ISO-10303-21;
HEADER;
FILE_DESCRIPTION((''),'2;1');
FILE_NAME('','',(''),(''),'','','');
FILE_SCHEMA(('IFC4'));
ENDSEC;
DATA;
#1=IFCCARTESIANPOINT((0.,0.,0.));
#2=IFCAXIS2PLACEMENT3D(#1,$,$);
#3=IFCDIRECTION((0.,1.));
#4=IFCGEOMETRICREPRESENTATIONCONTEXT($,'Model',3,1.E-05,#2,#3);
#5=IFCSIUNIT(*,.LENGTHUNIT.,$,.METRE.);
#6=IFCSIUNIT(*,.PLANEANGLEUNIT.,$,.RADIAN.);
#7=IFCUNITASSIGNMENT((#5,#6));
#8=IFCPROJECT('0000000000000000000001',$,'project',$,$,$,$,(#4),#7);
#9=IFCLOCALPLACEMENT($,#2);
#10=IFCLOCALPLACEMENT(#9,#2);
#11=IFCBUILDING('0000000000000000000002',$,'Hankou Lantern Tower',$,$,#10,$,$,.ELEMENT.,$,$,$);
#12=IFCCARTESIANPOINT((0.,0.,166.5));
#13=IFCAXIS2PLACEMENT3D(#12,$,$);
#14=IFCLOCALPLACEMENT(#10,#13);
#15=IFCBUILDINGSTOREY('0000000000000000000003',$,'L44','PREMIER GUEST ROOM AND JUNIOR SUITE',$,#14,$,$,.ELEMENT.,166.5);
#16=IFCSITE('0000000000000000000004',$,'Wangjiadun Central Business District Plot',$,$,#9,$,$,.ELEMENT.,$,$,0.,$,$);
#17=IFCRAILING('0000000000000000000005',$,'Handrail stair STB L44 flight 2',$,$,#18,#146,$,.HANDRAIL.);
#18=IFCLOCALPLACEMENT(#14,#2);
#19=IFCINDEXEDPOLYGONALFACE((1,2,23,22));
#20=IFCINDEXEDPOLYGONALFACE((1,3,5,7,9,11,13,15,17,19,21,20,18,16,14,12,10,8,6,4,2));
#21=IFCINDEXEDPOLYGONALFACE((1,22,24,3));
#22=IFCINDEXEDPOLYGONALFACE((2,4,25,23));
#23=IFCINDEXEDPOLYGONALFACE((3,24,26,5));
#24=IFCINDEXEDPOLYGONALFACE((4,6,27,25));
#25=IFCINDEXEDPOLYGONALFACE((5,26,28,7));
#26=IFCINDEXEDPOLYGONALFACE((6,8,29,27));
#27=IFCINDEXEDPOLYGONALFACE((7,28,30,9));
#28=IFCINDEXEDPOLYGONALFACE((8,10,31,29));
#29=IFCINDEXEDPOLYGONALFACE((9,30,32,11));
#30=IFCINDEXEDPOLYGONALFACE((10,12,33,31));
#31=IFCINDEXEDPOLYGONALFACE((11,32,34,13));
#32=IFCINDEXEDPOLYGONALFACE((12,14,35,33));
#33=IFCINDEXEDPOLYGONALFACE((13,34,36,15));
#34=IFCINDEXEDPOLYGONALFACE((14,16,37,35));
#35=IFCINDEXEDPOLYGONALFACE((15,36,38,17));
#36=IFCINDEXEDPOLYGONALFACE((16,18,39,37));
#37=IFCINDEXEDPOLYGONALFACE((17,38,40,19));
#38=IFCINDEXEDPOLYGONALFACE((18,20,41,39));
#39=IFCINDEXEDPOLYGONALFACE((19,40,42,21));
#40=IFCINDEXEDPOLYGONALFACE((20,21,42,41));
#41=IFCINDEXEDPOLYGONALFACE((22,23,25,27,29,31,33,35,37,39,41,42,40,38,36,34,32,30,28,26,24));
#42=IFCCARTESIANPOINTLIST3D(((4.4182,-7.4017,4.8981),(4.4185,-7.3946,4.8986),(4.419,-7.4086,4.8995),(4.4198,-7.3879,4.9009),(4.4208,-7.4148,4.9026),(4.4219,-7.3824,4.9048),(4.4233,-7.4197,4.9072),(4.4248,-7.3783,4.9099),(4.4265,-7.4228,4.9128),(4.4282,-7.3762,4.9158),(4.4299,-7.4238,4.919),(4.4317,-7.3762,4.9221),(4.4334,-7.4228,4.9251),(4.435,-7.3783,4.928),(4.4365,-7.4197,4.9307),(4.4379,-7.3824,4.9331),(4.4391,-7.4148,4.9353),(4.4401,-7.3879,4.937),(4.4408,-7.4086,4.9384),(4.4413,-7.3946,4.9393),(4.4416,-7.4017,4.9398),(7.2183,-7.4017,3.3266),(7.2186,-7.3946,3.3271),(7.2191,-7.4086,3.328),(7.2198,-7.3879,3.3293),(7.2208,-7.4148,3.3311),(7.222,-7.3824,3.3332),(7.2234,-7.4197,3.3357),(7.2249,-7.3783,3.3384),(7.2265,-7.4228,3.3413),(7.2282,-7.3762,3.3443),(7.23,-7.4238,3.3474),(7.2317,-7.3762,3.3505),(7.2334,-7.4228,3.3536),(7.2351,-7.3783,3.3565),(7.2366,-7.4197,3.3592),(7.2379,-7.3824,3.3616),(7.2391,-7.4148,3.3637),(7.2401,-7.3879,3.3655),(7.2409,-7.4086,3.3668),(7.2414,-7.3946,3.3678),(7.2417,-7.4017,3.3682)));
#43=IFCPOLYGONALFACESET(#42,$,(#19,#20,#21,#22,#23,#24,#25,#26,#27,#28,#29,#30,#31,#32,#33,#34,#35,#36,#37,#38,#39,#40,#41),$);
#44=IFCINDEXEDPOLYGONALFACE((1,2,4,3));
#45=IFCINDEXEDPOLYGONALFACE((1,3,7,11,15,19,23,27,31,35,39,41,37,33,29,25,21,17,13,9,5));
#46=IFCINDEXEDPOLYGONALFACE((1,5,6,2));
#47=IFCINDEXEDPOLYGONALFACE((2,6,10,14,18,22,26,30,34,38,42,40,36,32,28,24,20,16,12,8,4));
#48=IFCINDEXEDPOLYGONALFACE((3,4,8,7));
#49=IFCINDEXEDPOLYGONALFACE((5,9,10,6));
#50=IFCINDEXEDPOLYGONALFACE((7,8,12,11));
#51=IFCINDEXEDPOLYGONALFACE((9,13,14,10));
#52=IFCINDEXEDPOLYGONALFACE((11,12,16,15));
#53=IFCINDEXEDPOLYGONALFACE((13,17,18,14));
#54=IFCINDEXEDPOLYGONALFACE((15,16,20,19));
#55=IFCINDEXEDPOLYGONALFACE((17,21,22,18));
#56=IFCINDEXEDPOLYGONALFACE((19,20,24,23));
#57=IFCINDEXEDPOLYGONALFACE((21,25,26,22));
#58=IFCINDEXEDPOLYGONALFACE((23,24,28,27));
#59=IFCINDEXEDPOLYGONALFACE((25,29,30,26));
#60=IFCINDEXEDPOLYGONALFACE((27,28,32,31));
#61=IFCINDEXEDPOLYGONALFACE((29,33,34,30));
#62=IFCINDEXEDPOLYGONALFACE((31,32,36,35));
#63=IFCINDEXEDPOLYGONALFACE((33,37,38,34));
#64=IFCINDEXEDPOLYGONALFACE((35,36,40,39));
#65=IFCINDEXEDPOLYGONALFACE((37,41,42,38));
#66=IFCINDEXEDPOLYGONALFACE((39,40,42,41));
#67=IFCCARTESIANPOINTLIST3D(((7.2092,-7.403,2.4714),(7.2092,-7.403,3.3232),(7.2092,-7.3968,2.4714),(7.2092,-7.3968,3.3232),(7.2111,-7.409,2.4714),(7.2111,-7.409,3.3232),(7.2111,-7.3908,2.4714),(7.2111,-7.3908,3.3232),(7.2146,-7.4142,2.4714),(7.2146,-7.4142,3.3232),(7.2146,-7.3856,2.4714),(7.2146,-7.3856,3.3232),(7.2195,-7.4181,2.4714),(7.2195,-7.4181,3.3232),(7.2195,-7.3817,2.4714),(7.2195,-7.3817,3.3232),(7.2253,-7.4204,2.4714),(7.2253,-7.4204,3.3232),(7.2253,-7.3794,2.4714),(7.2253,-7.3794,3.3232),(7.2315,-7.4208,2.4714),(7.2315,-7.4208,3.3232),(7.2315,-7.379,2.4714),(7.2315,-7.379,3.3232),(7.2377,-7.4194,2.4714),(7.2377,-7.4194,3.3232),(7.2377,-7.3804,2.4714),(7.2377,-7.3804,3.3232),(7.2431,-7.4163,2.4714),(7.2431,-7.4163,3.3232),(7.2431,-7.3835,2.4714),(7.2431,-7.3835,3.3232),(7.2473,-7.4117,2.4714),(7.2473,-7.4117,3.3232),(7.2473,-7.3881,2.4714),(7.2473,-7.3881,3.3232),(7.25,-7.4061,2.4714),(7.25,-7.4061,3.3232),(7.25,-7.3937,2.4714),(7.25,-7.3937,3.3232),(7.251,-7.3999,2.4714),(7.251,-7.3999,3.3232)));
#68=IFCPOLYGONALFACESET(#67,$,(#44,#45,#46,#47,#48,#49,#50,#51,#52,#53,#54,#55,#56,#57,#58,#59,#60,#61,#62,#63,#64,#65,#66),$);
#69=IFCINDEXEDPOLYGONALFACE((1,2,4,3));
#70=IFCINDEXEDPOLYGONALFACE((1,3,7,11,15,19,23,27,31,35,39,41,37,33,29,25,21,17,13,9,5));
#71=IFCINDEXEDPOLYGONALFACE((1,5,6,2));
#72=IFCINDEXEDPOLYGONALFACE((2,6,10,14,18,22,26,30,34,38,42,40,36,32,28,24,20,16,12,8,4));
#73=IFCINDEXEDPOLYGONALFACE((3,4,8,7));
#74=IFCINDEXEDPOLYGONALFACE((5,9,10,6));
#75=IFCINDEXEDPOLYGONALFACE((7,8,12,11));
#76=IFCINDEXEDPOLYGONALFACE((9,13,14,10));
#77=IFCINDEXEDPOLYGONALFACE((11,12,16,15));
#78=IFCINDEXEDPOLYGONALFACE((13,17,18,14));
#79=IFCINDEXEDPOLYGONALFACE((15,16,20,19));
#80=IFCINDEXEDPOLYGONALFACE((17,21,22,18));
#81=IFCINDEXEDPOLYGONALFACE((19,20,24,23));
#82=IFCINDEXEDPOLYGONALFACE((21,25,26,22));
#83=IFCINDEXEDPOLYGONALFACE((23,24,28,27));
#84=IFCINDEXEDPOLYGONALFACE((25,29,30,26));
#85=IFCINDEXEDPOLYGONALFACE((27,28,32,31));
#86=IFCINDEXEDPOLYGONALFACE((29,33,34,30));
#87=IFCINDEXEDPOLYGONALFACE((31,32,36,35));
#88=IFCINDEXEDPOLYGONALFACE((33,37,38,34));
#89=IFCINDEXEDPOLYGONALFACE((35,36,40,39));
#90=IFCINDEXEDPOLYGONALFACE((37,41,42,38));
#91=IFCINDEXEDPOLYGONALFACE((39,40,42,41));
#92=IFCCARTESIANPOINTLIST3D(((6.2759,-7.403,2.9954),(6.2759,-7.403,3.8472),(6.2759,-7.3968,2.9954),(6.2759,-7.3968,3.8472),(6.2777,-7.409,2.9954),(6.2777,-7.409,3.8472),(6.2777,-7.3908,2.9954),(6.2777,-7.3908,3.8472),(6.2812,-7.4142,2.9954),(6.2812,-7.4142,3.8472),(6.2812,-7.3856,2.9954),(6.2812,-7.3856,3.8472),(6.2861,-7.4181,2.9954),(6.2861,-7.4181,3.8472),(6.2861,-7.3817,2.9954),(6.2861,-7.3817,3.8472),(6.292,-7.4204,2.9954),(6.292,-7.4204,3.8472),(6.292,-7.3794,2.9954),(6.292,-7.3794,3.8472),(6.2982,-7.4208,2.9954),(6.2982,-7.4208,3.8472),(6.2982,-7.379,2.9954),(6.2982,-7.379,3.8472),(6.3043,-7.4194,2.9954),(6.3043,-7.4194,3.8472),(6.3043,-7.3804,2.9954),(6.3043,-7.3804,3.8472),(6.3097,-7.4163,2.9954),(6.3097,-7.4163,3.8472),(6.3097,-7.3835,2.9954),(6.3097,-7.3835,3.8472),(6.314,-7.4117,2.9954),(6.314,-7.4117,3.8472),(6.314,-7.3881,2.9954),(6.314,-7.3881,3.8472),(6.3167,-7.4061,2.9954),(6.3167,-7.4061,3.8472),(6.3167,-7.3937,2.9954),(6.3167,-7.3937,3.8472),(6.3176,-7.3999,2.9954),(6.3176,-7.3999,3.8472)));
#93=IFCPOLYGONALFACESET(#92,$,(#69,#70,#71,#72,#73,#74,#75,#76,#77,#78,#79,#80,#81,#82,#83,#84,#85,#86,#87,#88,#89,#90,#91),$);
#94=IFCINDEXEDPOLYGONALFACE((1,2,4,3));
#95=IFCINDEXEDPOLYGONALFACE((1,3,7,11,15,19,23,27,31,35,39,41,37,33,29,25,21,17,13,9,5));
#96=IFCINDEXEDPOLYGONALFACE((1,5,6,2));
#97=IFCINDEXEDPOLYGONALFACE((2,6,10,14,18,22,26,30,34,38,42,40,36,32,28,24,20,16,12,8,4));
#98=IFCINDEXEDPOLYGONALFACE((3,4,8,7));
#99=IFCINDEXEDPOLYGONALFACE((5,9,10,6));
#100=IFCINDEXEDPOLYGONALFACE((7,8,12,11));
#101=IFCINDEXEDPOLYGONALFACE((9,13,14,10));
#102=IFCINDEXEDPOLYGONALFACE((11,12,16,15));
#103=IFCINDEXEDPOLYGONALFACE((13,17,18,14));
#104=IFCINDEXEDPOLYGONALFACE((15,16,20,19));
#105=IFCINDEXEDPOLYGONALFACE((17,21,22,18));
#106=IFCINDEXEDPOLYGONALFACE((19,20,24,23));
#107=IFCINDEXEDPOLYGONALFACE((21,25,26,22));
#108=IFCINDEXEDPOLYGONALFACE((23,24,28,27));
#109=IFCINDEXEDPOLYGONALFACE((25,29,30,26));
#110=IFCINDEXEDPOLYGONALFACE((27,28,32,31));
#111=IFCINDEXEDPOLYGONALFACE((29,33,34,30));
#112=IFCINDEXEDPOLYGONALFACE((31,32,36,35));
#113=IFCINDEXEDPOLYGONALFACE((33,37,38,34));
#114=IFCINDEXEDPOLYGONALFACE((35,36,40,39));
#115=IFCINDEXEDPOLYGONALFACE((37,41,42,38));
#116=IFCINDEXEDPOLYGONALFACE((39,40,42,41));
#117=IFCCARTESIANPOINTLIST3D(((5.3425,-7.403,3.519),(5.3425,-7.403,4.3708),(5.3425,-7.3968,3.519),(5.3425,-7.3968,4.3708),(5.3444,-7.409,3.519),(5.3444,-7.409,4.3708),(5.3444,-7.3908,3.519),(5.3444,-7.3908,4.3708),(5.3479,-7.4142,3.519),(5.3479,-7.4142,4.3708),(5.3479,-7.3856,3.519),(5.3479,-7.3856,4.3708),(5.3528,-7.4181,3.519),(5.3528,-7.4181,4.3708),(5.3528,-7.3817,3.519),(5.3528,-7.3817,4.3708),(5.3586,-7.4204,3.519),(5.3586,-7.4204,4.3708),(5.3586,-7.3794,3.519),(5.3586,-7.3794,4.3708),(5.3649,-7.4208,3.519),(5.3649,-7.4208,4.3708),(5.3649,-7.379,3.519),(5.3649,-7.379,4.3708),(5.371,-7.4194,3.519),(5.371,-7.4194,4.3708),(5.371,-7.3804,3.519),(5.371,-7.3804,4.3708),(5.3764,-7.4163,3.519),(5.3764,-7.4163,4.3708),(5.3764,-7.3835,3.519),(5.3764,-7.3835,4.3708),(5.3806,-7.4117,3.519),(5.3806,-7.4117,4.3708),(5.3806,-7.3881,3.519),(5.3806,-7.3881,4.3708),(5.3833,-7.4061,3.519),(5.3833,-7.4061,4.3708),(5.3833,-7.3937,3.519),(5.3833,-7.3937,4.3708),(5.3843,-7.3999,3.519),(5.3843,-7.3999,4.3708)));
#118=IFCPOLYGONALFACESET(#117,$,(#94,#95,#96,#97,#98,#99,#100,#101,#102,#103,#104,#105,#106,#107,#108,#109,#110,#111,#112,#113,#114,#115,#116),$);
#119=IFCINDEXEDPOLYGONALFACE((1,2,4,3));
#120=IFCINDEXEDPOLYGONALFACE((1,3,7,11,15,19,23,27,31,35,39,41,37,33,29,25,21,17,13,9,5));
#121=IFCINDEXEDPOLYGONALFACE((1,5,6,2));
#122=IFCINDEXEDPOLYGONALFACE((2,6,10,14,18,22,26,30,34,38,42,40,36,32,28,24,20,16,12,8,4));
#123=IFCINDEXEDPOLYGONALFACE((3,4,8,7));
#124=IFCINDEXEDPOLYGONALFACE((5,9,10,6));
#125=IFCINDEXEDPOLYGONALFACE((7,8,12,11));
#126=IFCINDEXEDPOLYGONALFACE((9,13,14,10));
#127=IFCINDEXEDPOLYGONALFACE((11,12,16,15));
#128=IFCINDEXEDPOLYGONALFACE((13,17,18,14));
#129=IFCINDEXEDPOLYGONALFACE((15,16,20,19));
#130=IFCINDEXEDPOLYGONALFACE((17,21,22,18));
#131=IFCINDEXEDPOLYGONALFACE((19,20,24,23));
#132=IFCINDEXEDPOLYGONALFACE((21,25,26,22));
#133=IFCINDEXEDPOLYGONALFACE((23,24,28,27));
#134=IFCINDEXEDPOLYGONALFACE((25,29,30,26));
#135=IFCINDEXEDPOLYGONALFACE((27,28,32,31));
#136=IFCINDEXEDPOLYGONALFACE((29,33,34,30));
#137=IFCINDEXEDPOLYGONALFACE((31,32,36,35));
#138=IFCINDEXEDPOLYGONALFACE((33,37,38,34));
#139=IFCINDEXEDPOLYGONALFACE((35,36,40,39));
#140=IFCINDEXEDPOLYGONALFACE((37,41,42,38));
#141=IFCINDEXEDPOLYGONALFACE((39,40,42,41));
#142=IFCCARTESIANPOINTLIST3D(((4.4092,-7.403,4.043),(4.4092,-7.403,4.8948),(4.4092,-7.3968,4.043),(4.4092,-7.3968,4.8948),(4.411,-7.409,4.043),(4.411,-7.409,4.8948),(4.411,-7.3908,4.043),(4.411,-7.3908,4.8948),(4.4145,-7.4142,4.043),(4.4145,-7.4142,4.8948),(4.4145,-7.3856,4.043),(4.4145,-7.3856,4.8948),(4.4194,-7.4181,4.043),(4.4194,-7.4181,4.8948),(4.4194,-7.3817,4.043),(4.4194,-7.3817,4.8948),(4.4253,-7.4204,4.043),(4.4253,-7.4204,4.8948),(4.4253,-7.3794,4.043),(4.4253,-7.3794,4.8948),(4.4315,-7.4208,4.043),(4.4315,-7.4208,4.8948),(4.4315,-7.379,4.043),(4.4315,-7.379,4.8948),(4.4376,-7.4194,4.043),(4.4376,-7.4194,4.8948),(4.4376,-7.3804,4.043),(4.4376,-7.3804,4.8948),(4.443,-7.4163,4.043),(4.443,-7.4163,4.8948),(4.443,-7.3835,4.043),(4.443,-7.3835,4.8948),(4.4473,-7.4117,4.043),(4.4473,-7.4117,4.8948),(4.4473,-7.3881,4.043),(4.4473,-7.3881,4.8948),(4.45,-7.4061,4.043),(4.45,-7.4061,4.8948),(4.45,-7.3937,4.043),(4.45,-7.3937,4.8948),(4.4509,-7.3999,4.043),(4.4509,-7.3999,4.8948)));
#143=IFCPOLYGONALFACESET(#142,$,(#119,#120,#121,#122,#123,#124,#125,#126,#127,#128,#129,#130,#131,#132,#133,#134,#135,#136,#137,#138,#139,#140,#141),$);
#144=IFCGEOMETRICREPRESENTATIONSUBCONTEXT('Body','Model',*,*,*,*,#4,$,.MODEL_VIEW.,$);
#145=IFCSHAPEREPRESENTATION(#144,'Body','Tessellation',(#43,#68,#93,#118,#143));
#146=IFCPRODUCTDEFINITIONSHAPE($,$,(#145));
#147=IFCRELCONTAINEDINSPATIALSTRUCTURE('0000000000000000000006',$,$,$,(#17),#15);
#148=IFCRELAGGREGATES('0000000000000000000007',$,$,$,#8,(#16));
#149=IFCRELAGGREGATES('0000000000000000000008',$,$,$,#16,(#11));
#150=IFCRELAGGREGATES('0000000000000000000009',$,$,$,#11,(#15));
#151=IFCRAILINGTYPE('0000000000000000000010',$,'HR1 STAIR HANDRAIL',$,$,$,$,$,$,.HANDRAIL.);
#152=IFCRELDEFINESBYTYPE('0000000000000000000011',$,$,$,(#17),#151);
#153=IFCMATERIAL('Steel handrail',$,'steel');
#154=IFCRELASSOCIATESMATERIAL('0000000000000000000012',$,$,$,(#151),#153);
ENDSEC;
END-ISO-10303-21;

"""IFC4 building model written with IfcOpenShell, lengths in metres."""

from ifc_helpers import new_model, si_unit, direction, frame, origin, origin_2d, place, context, subcontext, project, spatial, circle, extrude, material, type_object, element, save


model = new_model("IFC4")

# Units and contexts
model_context = context("Model", 3, precision=1e-05, world=origin(), true_north=direction((0.0, 1.0)))
body_context = subcontext(model_context, "Body", "Model", "MODEL_VIEW")
ifc_project = project(units=[si_unit("LENGTHUNIT", "METRE"), si_unit("PLANEANGLEUNIT", "RADIAN")], contexts=[model_context])

# Site, building, storey
site_placement = place(None, origin())
site = spatial("IfcSite", under=ifc_project, at=site_placement, Name="Wangjiadun Central Business District Plot", CompositionType="ELEMENT", RefElevation=0.0)
building_placement = place(site_placement, origin())
building = spatial("IfcBuilding", under=site, at=building_placement, Name="Hankou Lantern Tower", CompositionType="ELEMENT")
storey_placement = place(building_placement, frame((0.0, 0.0, 166.5)))
storey = spatial("IfcBuildingStorey", under=building, at=storey_placement, Name="L44", Description="PREMIER GUEST ROOM AND JUNIOR SUITE", CompositionType="ELEMENT", Elevation=166.5)

# Railing
ifc_material_1 = material(Name="Steel handrail", Category="steel")
railing_type = type_object("IfcRailingType", Name="HR1 STAIR HANDRAIL", PredefinedType="HANDRAIL", material=ifc_material_1)
railing_1_placement = place(storey_placement, frame((7.23, -7.3999, 2.4714)))
element("IfcRailing", 1, at=railing_1_placement, inside=storey, type_object=railing_type, Name="Handrail stair STB L44 flight 2", PredefinedType="HANDRAIL", context=body_context, shape_type="SweptSolid", body=[
    extrude(circle(Radius=0.0239, at=origin_2d()), frame((0.0, 0.0, 0.876), z_axis=(-0.87204, 0.0, 0.489434), x_axis=(0.0, -1.0, 0.0)), (0.0, 0.0, 1.0), 3.2109),
    extrude(circle(Radius=0.021, at=origin_2d()), origin(), (0.0, 0.0, 1.0), 0.8518),
    extrude(circle(Radius=0.021, at=origin_2d()), frame((-0.9333, 0.0, 0.5239)), (0.0, 0.0, 1.0), 0.8518),
    extrude(circle(Radius=0.021, at=origin_2d()), frame((-1.8667, 0.0, 1.0476)), (0.0, 0.0, 1.0), 0.8518),
    extrude(circle(Radius=0.021, at=origin_2d()), frame((-2.8, 0.0, 1.5715)), (0.0, 0.0, 1.0), 0.8518),
])

save(model, "model.ifc")
